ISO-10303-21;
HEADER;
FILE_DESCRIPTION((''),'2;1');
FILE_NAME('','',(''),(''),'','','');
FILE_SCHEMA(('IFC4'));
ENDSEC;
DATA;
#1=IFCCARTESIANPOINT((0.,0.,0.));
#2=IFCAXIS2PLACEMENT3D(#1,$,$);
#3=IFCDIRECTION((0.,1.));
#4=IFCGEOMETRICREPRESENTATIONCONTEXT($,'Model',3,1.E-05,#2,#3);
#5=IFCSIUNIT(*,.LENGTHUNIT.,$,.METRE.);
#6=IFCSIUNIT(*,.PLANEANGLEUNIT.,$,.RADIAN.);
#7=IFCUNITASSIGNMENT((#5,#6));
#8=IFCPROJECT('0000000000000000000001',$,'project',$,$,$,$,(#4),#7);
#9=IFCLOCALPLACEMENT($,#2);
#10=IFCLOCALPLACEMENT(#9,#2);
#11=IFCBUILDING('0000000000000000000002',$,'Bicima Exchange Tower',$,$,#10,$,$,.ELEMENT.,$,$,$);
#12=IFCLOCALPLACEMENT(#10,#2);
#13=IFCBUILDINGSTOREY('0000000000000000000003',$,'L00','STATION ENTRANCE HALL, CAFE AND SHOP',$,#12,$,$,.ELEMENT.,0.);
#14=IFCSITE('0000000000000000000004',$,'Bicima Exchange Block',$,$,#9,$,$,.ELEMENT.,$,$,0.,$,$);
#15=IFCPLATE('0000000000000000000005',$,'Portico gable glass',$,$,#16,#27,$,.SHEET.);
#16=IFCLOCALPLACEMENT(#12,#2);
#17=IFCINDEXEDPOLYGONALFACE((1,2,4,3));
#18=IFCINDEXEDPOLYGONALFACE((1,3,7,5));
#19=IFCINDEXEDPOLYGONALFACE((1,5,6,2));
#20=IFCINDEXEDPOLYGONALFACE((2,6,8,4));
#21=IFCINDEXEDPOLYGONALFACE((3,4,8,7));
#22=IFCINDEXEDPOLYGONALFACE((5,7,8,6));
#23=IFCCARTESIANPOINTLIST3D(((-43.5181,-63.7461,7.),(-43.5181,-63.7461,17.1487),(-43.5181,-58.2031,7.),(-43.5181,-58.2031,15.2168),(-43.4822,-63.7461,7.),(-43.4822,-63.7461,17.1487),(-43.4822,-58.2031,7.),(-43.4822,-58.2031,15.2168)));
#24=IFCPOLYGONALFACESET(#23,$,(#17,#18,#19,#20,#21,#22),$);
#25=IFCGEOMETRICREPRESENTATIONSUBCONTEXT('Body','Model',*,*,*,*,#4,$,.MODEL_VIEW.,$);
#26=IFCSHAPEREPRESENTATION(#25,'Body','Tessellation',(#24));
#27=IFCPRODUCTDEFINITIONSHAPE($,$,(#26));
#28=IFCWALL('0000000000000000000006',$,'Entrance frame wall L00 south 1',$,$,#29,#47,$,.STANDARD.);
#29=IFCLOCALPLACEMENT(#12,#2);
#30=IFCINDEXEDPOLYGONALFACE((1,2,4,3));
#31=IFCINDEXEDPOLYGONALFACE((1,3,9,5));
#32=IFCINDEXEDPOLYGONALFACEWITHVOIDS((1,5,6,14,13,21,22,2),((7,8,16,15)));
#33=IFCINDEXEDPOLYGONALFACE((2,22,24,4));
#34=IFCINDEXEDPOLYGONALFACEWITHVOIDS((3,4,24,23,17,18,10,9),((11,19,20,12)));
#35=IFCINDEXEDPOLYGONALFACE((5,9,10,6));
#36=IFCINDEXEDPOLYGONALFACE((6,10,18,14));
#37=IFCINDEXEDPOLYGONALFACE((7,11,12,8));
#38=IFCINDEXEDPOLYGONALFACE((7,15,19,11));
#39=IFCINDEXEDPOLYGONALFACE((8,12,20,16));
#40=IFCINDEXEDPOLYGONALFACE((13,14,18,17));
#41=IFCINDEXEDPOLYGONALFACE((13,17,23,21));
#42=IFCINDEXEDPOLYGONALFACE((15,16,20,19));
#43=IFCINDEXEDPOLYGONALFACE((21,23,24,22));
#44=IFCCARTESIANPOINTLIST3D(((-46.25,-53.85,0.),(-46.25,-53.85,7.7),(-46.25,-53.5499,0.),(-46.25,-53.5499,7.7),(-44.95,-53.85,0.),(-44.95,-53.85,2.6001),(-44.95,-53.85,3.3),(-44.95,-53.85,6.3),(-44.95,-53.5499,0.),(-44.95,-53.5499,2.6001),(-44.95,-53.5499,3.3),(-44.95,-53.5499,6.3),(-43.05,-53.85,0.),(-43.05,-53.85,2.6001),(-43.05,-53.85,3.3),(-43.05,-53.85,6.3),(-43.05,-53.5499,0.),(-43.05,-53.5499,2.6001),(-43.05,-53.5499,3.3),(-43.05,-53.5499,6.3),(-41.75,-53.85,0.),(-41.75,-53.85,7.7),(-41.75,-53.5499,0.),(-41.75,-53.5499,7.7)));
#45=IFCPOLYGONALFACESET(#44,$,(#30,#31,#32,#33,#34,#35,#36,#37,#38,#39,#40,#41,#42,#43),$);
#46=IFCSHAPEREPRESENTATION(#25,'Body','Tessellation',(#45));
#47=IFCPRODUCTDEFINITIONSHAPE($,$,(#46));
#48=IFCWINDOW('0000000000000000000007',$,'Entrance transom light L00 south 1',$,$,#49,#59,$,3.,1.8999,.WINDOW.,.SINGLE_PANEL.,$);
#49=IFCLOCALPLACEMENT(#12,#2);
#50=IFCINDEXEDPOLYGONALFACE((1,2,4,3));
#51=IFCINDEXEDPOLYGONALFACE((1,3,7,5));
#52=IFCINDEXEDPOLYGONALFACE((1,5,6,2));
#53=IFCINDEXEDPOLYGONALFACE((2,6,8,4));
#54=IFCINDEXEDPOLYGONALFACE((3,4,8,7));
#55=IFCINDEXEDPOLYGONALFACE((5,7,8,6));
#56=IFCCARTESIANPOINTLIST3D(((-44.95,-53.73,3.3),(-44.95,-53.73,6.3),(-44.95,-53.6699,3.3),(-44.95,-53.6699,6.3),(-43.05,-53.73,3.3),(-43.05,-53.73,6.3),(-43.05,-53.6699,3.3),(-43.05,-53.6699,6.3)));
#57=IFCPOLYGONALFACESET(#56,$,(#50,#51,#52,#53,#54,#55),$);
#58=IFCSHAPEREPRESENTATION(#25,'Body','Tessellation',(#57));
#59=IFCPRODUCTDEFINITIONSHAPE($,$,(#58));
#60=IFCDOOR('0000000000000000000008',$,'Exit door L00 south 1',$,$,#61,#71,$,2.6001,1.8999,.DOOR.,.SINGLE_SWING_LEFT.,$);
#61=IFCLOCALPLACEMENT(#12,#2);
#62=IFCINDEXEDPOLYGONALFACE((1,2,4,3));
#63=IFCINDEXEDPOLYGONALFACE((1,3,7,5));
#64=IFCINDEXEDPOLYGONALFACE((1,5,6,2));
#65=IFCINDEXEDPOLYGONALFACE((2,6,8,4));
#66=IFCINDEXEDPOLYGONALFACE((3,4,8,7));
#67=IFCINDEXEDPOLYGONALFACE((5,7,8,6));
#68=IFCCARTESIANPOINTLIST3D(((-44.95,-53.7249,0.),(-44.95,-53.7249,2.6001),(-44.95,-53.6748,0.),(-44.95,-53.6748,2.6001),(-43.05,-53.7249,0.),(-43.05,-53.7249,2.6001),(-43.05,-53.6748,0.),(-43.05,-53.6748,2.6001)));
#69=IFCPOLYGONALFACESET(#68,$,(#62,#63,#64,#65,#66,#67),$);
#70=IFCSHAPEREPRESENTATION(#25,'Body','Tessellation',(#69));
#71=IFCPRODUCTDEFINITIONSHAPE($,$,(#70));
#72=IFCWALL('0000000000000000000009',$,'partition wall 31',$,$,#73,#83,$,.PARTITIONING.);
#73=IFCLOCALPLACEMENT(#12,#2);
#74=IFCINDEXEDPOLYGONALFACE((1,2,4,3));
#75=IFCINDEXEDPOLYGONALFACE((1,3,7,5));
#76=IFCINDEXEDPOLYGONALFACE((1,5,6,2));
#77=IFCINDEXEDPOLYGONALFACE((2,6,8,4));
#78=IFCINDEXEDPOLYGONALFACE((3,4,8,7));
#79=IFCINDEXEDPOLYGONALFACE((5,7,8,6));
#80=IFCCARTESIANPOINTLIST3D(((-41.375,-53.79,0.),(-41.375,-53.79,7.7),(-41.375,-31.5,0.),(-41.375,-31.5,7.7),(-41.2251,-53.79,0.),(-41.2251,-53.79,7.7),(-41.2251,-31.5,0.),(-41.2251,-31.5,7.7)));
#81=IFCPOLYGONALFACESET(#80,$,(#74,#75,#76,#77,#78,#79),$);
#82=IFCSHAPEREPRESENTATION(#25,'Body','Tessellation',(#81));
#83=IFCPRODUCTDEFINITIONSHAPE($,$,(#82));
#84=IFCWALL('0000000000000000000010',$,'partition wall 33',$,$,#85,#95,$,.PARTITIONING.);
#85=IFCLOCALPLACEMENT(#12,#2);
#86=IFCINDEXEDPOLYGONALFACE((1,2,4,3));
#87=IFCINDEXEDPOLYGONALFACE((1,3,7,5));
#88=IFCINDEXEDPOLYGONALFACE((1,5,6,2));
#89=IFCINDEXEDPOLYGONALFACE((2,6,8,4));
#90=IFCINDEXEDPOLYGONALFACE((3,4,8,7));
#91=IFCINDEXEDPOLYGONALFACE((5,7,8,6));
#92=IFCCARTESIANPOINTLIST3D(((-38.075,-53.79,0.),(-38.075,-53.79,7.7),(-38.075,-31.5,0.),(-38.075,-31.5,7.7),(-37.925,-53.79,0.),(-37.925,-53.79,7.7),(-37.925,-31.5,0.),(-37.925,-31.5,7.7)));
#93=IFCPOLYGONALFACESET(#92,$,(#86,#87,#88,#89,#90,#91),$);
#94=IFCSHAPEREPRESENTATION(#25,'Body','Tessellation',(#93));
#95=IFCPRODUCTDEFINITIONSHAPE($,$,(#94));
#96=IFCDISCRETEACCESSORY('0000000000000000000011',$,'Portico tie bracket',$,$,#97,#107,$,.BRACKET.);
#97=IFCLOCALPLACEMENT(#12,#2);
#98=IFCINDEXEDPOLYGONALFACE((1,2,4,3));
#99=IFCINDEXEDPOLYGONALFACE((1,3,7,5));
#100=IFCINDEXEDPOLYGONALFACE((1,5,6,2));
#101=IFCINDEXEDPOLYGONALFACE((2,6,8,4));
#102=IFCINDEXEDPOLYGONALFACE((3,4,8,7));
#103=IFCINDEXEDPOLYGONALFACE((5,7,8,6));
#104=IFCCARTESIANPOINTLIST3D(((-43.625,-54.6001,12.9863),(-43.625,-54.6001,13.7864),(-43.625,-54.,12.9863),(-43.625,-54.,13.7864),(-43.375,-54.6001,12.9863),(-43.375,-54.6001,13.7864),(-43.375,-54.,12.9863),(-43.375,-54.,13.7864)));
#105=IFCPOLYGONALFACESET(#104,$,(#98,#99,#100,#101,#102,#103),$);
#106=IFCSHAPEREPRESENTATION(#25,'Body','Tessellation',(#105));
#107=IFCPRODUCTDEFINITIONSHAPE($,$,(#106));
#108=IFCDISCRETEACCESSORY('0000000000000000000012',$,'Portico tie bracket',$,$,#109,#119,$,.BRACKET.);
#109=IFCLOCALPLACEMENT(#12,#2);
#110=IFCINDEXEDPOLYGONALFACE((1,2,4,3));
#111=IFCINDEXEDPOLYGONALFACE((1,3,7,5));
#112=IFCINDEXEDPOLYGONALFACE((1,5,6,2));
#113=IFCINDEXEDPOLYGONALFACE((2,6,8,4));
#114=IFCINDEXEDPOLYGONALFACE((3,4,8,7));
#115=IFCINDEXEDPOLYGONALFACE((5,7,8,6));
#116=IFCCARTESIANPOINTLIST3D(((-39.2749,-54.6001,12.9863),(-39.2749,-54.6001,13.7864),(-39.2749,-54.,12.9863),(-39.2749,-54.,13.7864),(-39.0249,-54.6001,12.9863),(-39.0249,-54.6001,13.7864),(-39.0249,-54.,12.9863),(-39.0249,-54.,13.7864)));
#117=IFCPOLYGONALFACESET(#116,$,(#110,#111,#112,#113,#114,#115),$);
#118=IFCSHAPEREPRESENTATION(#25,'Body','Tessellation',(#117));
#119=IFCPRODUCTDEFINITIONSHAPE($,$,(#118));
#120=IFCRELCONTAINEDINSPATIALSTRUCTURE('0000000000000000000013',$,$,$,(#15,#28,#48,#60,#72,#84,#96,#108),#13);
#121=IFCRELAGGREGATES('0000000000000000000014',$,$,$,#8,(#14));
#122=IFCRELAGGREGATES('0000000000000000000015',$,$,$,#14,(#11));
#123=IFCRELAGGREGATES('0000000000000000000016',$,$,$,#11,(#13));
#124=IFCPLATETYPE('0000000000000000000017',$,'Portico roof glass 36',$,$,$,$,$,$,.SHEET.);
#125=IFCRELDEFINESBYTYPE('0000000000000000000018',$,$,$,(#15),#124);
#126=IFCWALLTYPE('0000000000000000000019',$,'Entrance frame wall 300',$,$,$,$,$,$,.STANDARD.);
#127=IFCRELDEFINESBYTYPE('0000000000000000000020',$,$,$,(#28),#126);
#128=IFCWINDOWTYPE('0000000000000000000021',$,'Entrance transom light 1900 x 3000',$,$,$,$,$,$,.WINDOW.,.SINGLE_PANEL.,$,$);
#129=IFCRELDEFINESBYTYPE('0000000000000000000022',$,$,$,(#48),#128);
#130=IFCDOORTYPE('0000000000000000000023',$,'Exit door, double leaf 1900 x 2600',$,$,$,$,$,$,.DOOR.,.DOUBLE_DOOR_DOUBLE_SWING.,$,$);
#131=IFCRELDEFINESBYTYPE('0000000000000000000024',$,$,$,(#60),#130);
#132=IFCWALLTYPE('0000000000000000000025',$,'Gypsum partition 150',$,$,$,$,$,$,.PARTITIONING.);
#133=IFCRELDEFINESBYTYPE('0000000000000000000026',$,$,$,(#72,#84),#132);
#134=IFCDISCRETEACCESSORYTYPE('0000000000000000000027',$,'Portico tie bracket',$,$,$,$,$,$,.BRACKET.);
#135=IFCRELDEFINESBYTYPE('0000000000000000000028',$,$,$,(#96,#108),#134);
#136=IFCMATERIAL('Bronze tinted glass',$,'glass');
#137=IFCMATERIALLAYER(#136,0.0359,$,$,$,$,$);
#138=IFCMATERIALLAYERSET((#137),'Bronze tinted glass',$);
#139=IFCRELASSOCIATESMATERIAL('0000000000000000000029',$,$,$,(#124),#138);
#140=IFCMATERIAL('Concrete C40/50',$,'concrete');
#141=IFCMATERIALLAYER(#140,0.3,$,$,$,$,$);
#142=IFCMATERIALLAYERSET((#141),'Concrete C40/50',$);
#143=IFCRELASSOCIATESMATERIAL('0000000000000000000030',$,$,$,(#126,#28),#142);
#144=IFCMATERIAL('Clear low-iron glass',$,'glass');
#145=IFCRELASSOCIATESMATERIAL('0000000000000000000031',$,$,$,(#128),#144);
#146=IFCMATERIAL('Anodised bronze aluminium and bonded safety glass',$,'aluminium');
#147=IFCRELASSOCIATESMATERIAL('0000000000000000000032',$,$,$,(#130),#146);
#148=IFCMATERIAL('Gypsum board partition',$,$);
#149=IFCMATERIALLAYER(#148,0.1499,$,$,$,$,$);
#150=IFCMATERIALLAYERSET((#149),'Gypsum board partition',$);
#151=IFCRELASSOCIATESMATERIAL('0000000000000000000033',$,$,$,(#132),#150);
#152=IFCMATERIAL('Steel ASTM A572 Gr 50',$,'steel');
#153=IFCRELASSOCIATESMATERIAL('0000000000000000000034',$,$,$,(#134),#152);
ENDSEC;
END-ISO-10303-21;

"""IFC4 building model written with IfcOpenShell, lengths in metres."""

from ifc_helpers import new_model, si_unit, direction, frame, frame_2d, origin, origin_2d, place, context, subcontext, project, spatial, polyline, rectangle, outline, extrude, material, layer, layer_set, layer_usage, type_object, element, fill, save


model = new_model("IFC4")

# Units and contexts
model_context = context("Model", 3, precision=1e-05, world=origin(), true_north=direction((0.0, 1.0)))
body_context = subcontext(model_context, "Body", "Model", "MODEL_VIEW")
ifc_project = project(units=[si_unit("LENGTHUNIT", "METRE"), si_unit("PLANEANGLEUNIT", "RADIAN")], contexts=[model_context])

# Site, building, storey
site_placement = place(None, origin())
site = spatial("IfcSite", under=ifc_project, at=site_placement, Name="Bicima Exchange Block", CompositionType="ELEMENT", RefElevation=0.0)
building_placement = place(site_placement, origin())
building = spatial("IfcBuilding", under=site, at=building_placement, Name="Bicima Exchange Tower", CompositionType="ELEMENT")
storey_placement = place(building_placement, origin())
storey = spatial("IfcBuildingStorey", under=building, at=storey_placement, Name="L00", Description="STATION ENTRANCE HALL, CAFE AND SHOP", CompositionType="ELEMENT", Elevation=0.0)

# Shared definitions
ifc_material_1 = material(Name="Steel ASTM A572 Gr 50", Category="steel")

# Shared definitions
ifc_material_2 = material(Name="Clear low-iron glass", Category="glass")

# Plate
ifc_material_3 = material(Name="Bronze tinted glass", Category="glass")
ifc_layer_1 = layer(ifc_material_3, 0.0359)
ifc_layer_set_1 = layer_set([ifc_layer_1], Name="Bronze tinted glass")
plate_type_1 = type_object("IfcPlateType", Name="Portico roof glass 36", PredefinedType="SHEET", material=ifc_layer_set_1)
plate_1_placement = place(storey_placement, frame((-43.5181, -58.2031, 7.0), z_axis=(-1.0, 0.0, 0.0), x_axis=(0.0, -1.0, 0.0)))
element("IfcPlate", 1, at=plate_1_placement, inside=storey, type_object=plate_type_1, Name="Portico gable glass", PredefinedType="SHEET", context=body_context, shape_type="SweptSolid", body=[
    extrude(outline(polyline([(0.0, 0.0), (5.543, 0.0), (5.543, 10.1487), (0.0, 8.2168), (0.0, 0.0)])), origin(), (0.0, 0.0, -1.0), 0.0359),
])

# Wall, openings, window, door
ifc_material_4 = material(Name="Concrete C40/50", Category="concrete")
ifc_layer_2 = layer(ifc_material_4, 0.3)
ifc_layer_set_2 = layer_set([ifc_layer_2], Name="Concrete C40/50")
ifc_layer_usage = layer_usage(ifc_layer_set_2, "AXIS2", "POSITIVE", -0.15)
wall_type_1 = type_object("IfcWallType", Name="Entrance frame wall 300", PredefinedType="STANDARD", material=ifc_layer_set_2)
wall_placement = place(storey_placement, frame((-41.75, -53.7, 0.0), z_axis=(0.0, 0.0, 1.0), x_axis=(-1.0, 0.0, 0.0)))
wall = element("IfcWall", 2, at=wall_placement, inside=storey, type_object=wall_type_1, material=ifc_layer_usage, Name="Entrance frame wall L00 south 1", PredefinedType="STANDARD", context=body_context, shape_type="SweptSolid", body=[
    extrude(rectangle(XDim=4.5, YDim=0.3, at=frame_2d((2.25, 0.0))), origin(), (0.0, 0.0, 1.0), 7.7),
])
opening_1_placement = place(wall_placement, frame((1.3, 0.0, 0.0)))
opening_1 = element("IfcOpeningElement", 3, at=opening_1_placement, cuts=wall, PredefinedType="OPENING", context=body_context, shape_type="SweptSolid", body=[
    extrude(rectangle(XDim=1.8999, YDim=2.6001, at=frame_2d((0.95, 1.3))), frame((0.0, 0.1621, 0.0), z_axis=(0.0, -1.0, 0.0), x_axis=(1.0, 0.0, 0.0)), (0.0, 0.0, 1.0), 0.324),
])
opening_2_placement = place(wall_placement, frame((1.3, 0.0, 3.3)))
opening_2 = element("IfcOpeningElement", 4, at=opening_2_placement, cuts=wall, PredefinedType="OPENING", context=body_context, shape_type="SweptSolid", body=[
    extrude(rectangle(XDim=1.8999, YDim=3.0, at=frame_2d((0.95, 1.5))), frame((0.0, 0.1621, 0.0), z_axis=(0.0, -1.0, 0.0), x_axis=(1.0, 0.0, 0.0)), (0.0, 0.0, 1.0), 0.324),
])
window_type = type_object("IfcWindowType", Name="Entrance transom light 1900 x 3000", PartitioningType="SINGLE_PANEL", PredefinedType="WINDOW", material=ifc_material_2)
window_placement = place(opening_2_placement, origin())
window = element("IfcWindow", 5, at=window_placement, inside=storey, type_object=window_type, Name="Entrance transom light L00 south 1", OverallHeight=3.0, OverallWidth=1.8999, PartitioningType="SINGLE_PANEL", PredefinedType="WINDOW", context=body_context, shape_type="SweptSolid", body=[
    extrude(rectangle(XDim=1.8999, YDim=3.0, at=frame_2d((0.95, 1.5))), frame((0.0, 0.03, 0.0), z_axis=(0.0, -1.0, 0.0), x_axis=(1.0, 0.0, 0.0)), (0.0, 0.0, 1.0), 0.0601),
])
fill(opening_2, window)
ifc_material_5 = material(Name="Anodised bronze aluminium and bonded safety glass", Category="aluminium")
door_type = type_object("IfcDoorType", Name="Exit door, double leaf 1900 x 2600", OperationType="DOUBLE_DOOR_DOUBLE_SWING", PredefinedType="DOOR", material=ifc_material_5)
door_placement = place(opening_1_placement, origin())
door = element("IfcDoor", 6, at=door_placement, inside=storey, type_object=door_type, Name="Exit door L00 south 1", OperationType="SINGLE_SWING_LEFT", OverallHeight=2.6001, OverallWidth=1.8999, PredefinedType="DOOR", context=body_context, shape_type="SweptSolid", body=[
    extrude(rectangle(XDim=1.8999, YDim=2.6001, at=frame_2d((0.95, 1.3))), frame((0.0, 0.0249, 0.0), z_axis=(0.0, -1.0, 0.0), x_axis=(1.0, 0.0, 0.0)), (0.0, 0.0, 1.0), 0.05),
])
fill(opening_1, door)

# Walls
ifc_material_6 = material(Name="Gypsum board partition")
ifc_layer_3 = layer(ifc_material_6, 0.1499)
ifc_layer_set_3 = layer_set([ifc_layer_3], Name="Gypsum board partition")
wall_type_2 = type_object("IfcWallType", Name="Gypsum partition 150", PredefinedType="PARTITIONING", material=ifc_layer_set_3)
for number, where, z_axis, x_axis, name in (
    (7, (-41.3, -53.79, 0.0), (0.0, 0.0, 1.0), (0.0, 1.0, 0.0), "partition wall 31"),
    (8, (-38.0, -53.79, 0.0), (0.0, 0.0, 1.0), (0.0, 1.0, 0.0), "partition wall 33"),
):
    element("IfcWall", number, at=place(storey_placement, frame(where, z_axis=z_axis, x_axis=x_axis)), inside=storey, type_object=wall_type_2, Name=name, PredefinedType="PARTITIONING", context=body_context, shape_type="SweptSolid", body=[
        extrude(rectangle(XDim=22.29, YDim=0.1499, at=frame_2d((11.145, 0.0))), origin(), (0.0, 0.0, 1.0), 7.7),
    ])

# Discrete accessories
discrete_accessory_type = type_object("IfcDiscreteAccessoryType", Name="Portico tie bracket", PredefinedType="BRACKET", material=ifc_material_1)
for number, where, z_axis, x_axis, name in (
    (9, (-43.5, -54.3, 12.9863), (0.0, 0.0, 1.0), (1.0, 0.0, 0.0), "Portico tie bracket"),
    (10, (-39.1499, -54.3, 12.9863), (0.0, 0.0, 1.0), (1.0, 0.0, 0.0), "Portico tie bracket"),
):
    element("IfcDiscreteAccessory", number, at=place(storey_placement, frame(where, z_axis=z_axis, x_axis=x_axis)), inside=storey, type_object=discrete_accessory_type, Name=name, PredefinedType="BRACKET", context=body_context, shape_type="SweptSolid", body=[
        extrude(rectangle(XDim=0.25, YDim=0.6001, at=origin_2d()), origin(), (0.0, 0.0, 1.0), 0.8),
    ])

save(model, "model.ifc")
